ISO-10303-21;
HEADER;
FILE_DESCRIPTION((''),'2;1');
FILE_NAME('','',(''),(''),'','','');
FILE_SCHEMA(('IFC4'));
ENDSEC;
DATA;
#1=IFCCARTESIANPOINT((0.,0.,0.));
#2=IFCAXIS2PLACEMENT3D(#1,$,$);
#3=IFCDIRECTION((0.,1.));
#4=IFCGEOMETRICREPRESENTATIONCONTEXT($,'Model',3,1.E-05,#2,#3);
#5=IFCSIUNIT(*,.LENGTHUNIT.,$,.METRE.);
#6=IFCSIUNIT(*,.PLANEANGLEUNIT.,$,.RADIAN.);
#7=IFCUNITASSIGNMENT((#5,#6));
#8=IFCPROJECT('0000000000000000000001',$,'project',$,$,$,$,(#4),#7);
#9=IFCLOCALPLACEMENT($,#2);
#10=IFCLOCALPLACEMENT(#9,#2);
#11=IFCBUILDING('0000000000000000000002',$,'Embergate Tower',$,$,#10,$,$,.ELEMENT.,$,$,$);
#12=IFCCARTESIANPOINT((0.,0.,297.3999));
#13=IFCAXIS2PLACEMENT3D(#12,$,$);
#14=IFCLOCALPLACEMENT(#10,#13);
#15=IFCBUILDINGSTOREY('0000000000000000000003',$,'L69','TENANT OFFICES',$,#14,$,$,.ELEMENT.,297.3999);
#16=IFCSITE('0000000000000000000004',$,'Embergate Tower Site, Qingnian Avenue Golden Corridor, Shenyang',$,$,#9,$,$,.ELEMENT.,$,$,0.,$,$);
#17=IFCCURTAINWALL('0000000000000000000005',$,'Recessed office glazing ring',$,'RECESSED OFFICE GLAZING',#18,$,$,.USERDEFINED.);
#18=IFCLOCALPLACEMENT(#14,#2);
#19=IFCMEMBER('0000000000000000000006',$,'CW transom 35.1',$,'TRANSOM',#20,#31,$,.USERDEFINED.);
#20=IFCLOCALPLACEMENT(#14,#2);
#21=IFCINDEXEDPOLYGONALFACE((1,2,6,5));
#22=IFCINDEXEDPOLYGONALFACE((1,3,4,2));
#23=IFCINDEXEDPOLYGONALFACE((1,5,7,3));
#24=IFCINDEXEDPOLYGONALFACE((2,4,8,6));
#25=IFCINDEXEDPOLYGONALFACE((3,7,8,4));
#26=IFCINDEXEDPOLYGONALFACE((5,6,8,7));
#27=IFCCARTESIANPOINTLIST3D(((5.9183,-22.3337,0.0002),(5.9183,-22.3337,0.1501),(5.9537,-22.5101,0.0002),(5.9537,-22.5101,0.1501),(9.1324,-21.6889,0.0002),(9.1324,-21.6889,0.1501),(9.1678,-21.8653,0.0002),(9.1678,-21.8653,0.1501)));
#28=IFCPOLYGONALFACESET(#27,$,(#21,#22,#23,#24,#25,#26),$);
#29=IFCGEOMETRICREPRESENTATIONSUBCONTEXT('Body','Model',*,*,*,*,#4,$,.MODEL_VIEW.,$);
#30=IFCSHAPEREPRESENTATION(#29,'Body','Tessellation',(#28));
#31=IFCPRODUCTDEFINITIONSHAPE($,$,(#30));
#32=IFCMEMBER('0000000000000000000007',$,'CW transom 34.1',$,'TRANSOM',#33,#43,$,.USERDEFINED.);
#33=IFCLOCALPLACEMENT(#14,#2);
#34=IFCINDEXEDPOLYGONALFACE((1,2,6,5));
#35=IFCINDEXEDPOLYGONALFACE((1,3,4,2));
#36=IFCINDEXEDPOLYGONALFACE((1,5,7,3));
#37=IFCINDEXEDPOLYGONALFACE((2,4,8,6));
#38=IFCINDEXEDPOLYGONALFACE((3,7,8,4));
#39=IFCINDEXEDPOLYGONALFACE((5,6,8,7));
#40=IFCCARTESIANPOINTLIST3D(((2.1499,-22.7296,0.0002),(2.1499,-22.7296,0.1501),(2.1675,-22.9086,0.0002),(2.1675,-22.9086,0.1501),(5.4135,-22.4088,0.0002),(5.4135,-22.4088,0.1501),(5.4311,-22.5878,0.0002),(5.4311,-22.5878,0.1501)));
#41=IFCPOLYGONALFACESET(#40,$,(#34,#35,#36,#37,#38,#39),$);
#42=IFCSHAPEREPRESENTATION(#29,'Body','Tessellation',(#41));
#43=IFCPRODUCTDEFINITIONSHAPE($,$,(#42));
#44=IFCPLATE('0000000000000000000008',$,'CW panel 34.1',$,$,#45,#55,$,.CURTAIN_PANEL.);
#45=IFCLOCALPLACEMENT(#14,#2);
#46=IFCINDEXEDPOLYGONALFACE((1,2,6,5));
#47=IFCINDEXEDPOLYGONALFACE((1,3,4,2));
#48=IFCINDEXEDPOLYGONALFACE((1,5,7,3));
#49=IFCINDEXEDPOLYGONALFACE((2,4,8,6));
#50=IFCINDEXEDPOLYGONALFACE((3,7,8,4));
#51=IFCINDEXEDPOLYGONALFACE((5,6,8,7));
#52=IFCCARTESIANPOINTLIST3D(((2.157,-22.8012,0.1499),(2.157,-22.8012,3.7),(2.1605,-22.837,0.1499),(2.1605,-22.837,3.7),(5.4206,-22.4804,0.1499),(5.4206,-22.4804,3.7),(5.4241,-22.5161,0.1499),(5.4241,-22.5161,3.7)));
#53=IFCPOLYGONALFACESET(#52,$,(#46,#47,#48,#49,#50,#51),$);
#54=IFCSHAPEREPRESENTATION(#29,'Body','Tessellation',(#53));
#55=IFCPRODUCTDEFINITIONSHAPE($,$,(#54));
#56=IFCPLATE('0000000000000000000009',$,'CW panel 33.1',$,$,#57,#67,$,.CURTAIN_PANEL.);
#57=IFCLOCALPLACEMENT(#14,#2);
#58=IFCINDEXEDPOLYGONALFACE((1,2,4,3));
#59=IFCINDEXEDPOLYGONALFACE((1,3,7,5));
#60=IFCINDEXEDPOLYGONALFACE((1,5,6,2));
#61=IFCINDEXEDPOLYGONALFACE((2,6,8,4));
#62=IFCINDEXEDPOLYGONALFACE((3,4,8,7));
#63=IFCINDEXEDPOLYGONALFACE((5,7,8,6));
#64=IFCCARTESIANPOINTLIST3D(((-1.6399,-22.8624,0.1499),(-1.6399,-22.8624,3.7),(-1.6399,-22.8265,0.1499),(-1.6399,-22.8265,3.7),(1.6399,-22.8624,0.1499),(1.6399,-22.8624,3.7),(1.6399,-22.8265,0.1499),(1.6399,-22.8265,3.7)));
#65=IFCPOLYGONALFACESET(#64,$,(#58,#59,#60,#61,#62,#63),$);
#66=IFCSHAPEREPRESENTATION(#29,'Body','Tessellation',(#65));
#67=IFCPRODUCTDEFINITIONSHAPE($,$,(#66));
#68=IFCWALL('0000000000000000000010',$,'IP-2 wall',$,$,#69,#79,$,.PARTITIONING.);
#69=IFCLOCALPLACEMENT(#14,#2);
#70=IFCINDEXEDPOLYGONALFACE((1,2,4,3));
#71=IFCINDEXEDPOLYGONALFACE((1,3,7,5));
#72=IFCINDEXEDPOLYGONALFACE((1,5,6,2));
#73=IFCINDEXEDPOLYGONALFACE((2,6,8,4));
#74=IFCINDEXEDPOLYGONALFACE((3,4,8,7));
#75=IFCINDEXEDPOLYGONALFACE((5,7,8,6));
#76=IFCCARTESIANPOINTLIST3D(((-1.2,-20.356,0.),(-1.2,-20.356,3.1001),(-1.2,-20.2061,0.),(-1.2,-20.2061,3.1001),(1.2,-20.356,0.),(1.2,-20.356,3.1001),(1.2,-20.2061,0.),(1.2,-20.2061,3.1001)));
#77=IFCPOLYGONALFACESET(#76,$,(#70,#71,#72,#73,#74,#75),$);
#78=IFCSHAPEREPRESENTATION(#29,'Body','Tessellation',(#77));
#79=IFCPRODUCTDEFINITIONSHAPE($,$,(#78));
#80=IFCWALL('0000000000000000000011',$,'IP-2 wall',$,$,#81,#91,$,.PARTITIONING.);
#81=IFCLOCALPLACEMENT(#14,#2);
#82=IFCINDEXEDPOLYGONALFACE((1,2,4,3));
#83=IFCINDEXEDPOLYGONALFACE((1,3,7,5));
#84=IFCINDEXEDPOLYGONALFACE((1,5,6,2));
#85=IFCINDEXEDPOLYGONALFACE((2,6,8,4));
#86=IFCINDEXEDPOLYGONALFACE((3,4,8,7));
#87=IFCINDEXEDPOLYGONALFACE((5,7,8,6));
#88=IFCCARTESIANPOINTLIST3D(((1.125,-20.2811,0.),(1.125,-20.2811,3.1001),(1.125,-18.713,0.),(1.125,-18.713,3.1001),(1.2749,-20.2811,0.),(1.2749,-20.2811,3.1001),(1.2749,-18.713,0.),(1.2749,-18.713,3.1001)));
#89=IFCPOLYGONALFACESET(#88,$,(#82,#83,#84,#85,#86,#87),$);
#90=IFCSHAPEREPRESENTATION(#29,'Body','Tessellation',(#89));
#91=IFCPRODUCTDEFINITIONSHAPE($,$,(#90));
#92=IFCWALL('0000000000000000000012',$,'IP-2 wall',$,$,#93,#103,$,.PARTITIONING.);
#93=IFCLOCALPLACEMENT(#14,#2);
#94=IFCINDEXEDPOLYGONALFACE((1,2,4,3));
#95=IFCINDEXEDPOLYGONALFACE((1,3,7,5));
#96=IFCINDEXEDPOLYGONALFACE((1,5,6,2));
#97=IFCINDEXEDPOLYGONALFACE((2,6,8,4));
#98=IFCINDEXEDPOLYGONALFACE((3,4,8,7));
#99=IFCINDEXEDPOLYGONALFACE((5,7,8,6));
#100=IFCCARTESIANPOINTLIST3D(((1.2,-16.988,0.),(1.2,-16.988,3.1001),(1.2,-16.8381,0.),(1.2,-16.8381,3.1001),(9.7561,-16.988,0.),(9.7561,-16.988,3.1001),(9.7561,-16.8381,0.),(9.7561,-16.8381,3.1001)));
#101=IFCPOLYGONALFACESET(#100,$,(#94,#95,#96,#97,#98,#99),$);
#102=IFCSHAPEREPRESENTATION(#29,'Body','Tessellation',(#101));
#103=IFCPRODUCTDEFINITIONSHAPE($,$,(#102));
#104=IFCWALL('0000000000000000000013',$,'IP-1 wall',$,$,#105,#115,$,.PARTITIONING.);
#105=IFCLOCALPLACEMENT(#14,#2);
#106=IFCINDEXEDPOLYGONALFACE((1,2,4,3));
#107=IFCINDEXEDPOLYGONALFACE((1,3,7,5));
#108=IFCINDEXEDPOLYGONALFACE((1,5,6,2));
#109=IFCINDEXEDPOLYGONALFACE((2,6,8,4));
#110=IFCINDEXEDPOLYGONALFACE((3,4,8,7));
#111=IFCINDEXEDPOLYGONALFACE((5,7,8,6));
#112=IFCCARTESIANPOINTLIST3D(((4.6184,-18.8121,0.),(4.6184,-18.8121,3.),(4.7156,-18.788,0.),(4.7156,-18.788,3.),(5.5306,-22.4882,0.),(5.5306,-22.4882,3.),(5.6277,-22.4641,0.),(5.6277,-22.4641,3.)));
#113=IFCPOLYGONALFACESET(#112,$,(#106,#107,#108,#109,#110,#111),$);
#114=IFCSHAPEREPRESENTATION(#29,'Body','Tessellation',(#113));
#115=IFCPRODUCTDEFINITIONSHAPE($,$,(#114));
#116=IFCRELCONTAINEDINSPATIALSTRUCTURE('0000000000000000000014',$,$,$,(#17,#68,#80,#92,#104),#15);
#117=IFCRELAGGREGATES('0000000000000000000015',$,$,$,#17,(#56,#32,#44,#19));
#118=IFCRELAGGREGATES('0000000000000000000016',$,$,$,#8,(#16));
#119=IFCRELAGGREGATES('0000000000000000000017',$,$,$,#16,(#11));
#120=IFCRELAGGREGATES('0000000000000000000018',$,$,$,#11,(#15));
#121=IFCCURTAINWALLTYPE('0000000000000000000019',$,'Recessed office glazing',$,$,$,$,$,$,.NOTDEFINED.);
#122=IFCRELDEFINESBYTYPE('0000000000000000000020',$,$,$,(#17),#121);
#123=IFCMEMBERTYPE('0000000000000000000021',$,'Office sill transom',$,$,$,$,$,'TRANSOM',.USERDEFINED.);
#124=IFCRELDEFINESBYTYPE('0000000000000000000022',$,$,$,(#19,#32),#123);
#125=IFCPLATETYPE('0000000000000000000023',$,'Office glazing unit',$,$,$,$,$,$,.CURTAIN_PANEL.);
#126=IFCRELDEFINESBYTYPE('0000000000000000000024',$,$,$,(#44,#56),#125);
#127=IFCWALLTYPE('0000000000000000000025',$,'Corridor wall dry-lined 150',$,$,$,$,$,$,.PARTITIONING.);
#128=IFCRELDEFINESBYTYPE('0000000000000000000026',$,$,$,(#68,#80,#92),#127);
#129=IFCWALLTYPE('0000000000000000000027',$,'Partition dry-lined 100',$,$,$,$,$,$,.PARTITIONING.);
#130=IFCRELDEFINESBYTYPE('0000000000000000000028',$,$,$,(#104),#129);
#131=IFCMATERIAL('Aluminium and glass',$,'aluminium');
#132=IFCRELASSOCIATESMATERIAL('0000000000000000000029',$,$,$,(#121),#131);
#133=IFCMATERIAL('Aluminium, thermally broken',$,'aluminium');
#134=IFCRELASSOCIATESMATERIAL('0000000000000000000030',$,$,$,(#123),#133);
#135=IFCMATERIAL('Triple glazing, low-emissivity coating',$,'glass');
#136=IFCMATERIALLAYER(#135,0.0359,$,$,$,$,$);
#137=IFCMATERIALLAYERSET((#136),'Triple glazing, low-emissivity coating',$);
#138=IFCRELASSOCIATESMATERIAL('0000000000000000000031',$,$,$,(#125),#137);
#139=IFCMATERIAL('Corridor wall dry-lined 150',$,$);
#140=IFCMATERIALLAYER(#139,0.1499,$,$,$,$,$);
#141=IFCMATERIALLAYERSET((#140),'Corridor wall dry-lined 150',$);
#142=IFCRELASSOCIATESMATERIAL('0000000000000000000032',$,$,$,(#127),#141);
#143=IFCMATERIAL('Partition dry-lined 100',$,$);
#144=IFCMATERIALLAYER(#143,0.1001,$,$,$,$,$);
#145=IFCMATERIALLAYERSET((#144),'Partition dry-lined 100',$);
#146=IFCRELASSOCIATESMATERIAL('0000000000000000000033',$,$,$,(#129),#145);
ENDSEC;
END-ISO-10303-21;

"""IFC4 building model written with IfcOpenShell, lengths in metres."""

from ifc_helpers import new_model, si_unit, direction, frame, frame_2d, origin, origin_2d, place, context, subcontext, project, spatial, rectangle, extrude, source, transform, mapped, material, layer, layer_set, material_profile, profile_set, type_object, element, aggregate, save


model = new_model("IFC4")

# Units and contexts
model_context = context("Model", 3, precision=1e-05, world=origin(), true_north=direction((0.0, 1.0)))
body_context = subcontext(model_context, "Body", "Model", "MODEL_VIEW")
ifc_project = project(units=[si_unit("LENGTHUNIT", "METRE"), si_unit("PLANEANGLEUNIT", "RADIAN")], contexts=[model_context])

# Site, building, storey
site_placement = place(None, origin())
site = spatial("IfcSite", under=ifc_project, at=site_placement, Name="Embergate Tower Site, Qingnian Avenue Golden Corridor, Shenyang", CompositionType="ELEMENT", RefElevation=0.0)
building_placement = place(site_placement, origin())
building = spatial("IfcBuilding", under=site, at=building_placement, Name="Embergate Tower", CompositionType="ELEMENT")
storey_placement = place(building_placement, frame((0.0, 0.0, 297.3999)))
storey = spatial("IfcBuildingStorey", under=building, at=storey_placement, Name="L69", Description="TENANT OFFICES", CompositionType="ELEMENT", Elevation=297.3999)

# Curtain wall, members, plates
ifc_material_1 = material(Name="Aluminium and glass", Category="aluminium")
curtain_wall_type = type_object("IfcCurtainWallType", Name="Recessed office glazing", PredefinedType="NOTDEFINED", material=ifc_material_1)
curtain_wall_placement = place(storey_placement, origin())
curtain_wall = element("IfcCurtainWall", 1, at=curtain_wall_placement, inside=storey, type_object=curtain_wall_type, Name="Recessed office glazing ring", ObjectType="RECESSED OFFICE GLAZING", PredefinedType="USERDEFINED")
ifc_material_2 = material(Name="Aluminium, thermally broken", Category="aluminium")
ifc_material_profile_1 = material_profile(ifc_material_2, rectangle(XDim=0.1799, YDim=0.1499, at=origin_2d()), Name="AL 150x180")
ifc_profile_set_1 = profile_set([ifc_material_profile_1], Name="Aluminium, thermally broken")
member_type_1 = type_object("IfcMemberType", Name="Office sill transom", ElementType="TRANSOM", PredefinedType="USERDEFINED", material=ifc_profile_set_1)
shared_shape_1 = source(origin(), body_context, "Body", "SweptSolid", [
    extrude(rectangle(XDim=0.1799, YDim=0.1499, at=origin_2d()), origin(), (0.0, 0.0, 1.0), 3.2781),
])
member_1_placement = place(storey_placement, frame((5.936, -22.4219, 0.0752), z_axis=(0.980466, 0.196689, 0.0), x_axis=(-0.196689, 0.980466, 0.0)))
member_1 = element("IfcMember", 2, at=member_1_placement, type_object=member_type_1, Name="CW transom 35.1", ObjectType="TRANSOM", PredefinedType="USERDEFINED", context=body_context, shape_type="MappedRepresentation", body=[
    mapped(shared_shape_1, transform((0.0, 0.0, 0.0))),
])
shared_shape_2 = source(origin(), body_context, "Body", "SweptSolid", [
    extrude(rectangle(XDim=0.1799, YDim=0.1499, at=origin_2d()), origin(), (0.0, 0.0, 1.0), 3.2793),
])
member_2_placement = place(storey_placement, frame((2.1587, -22.8191, 0.0752), z_axis=(0.995204, 0.097823, 0.0), x_axis=(-0.097823, 0.995204, 0.0)))
member_2 = element("IfcMember", 3, at=member_2_placement, type_object=member_type_1, Name="CW transom 34.1", ObjectType="TRANSOM", PredefinedType="USERDEFINED", context=body_context, shape_type="MappedRepresentation", body=[
    mapped(shared_shape_2, transform((0.0, 0.0, 0.0))),
])
ifc_material_3 = material(Name="Triple glazing, low-emissivity coating", Category="glass")
ifc_layer_1 = layer(ifc_material_3, 0.0359)
ifc_layer_set_1 = layer_set([ifc_layer_1], Name="Triple glazing, low-emissivity coating")
plate_type = type_object("IfcPlateType", Name="Office glazing unit", PredefinedType="CURTAIN_PANEL", material=ifc_layer_set_1)
shared_shape_3 = source(origin(), body_context, "Body", "SweptSolid", [
    extrude(rectangle(XDim=3.2793, YDim=0.0359, at=origin_2d()), origin(), (0.0, 0.0, 1.0), 3.55),
])
plate_1_placement = place(storey_placement, frame((3.7905, -22.6587, 0.1499), z_axis=(0.0, 0.0, 1.0), x_axis=(0.995203, 0.09783, 0.0)))
plate_1 = element("IfcPlate", 4, at=plate_1_placement, type_object=plate_type, Name="CW panel 34.1", PredefinedType="CURTAIN_PANEL", context=body_context, shape_type="MappedRepresentation", body=[
    mapped(shared_shape_3, transform((0.0, 0.0, 0.0))),
])
shared_shape_4 = source(origin(), body_context, "Body", "SweptSolid", [
    extrude(rectangle(XDim=3.2798, YDim=0.0359, at=origin_2d()), origin(), (0.0, 0.0, 1.0), 3.55),
])
plate_2_placement = place(storey_placement, frame((0.0, -22.8445, 0.1499), z_axis=(0.0, 0.0, 1.0), x_axis=(1.0, 0.0, 0.0)))
plate_2 = element("IfcPlate", 5, at=plate_2_placement, type_object=plate_type, Name="CW panel 33.1", PredefinedType="CURTAIN_PANEL", context=body_context, shape_type="MappedRepresentation", body=[
    mapped(shared_shape_4, transform((0.0, 0.0, 0.0))),
])
aggregate(curtain_wall, [plate_2, member_2, plate_1, member_1])

# Walls
ifc_material_4 = material(Name="Corridor wall dry-lined 150")
ifc_layer_2 = layer(ifc_material_4, 0.1499)
ifc_layer_set_2 = layer_set([ifc_layer_2], Name="Corridor wall dry-lined 150")
wall_type_1 = type_object("IfcWallType", Name="Corridor wall dry-lined 150", PredefinedType="PARTITIONING", material=ifc_layer_set_2)
shared_shape_5 = source(origin(), body_context, "Body", "SweptSolid", [
    extrude(rectangle(XDim=2.3999, YDim=0.1499, at=frame_2d((1.2, 0.0))), origin(), (0.0, 0.0, 1.0), 3.1001),
])
wall_1_placement = place(storey_placement, frame((1.2, -20.281, 0.0), z_axis=(0.0, 0.0, 1.0), x_axis=(-1.0, 0.0, 0.0)))
element("IfcWall", 6, at=wall_1_placement, inside=storey, type_object=wall_type_1, Name="IP-2 wall", PredefinedType="PARTITIONING", context=body_context, shape_type="MappedRepresentation", body=[
    mapped(shared_shape_5, transform((0.0, 0.0, 0.0))),
])
shared_shape_6 = source(origin(), body_context, "Body", "SweptSolid", [
    extrude(rectangle(XDim=1.5681, YDim=0.1499, at=frame_2d((0.7842, 0.0))), origin(), (0.0, 0.0, 1.0), 3.1001),
])
wall_2_placement = place(storey_placement, frame((1.2, -18.7129, 0.0), z_axis=(0.0, 0.0, 1.0), x_axis=(0.0, -1.0, 0.0)))
element("IfcWall", 7, at=wall_2_placement, inside=storey, type_object=wall_type_1, Name="IP-2 wall", PredefinedType="PARTITIONING", context=body_context, shape_type="MappedRepresentation", body=[
    mapped(shared_shape_6, transform((0.0, 0.0, 0.0))),
])
shared_shape_7 = source(origin(), body_context, "Body", "SweptSolid", [
    extrude(rectangle(XDim=8.5562, YDim=0.1499, at=frame_2d((4.2781, 0.0))), origin(), (0.0, 0.0, 1.0), 3.1001),
])
wall_3_placement = place(storey_placement, frame((1.2, -16.9131, 0.0), z_axis=(0.0, 0.0, 1.0), x_axis=(1.0, 0.0, 0.0)))
element("IfcWall", 8, at=wall_3_placement, inside=storey, type_object=wall_type_1, Name="IP-2 wall", PredefinedType="PARTITIONING", context=body_context, shape_type="MappedRepresentation", body=[
    mapped(shared_shape_7, transform((0.0, 0.0, 0.0))),
])
ifc_material_5 = material(Name="Partition dry-lined 100")
ifc_layer_3 = layer(ifc_material_5, 0.1001)
ifc_layer_set_3 = layer_set([ifc_layer_3], Name="Partition dry-lined 100")
wall_type_2 = type_object("IfcWallType", Name="Partition dry-lined 100", PredefinedType="PARTITIONING", material=ifc_layer_set_3)
shared_shape_8 = source(origin(), body_context, "Body", "SweptSolid", [
    extrude(rectangle(XDim=3.7876, YDim=0.1001, at=frame_2d((1.8938, 0.0))), origin(), (0.0, 0.0, 1.0), 3.0),
])
wall_4_placement = place(storey_placement, frame((4.667, -18.8, 0.0), z_axis=(0.0, 0.0, 1.0), x_axis=(0.240821, -0.970569, 0.0)))
element("IfcWall", 9, at=wall_4_placement, inside=storey, type_object=wall_type_2, Name="IP-1 wall", PredefinedType="PARTITIONING", context=body_context, shape_type="MappedRepresentation", body=[
    mapped(shared_shape_8, transform((0.0, 0.0, 0.0))),
])

save(model, "model.ifc")
